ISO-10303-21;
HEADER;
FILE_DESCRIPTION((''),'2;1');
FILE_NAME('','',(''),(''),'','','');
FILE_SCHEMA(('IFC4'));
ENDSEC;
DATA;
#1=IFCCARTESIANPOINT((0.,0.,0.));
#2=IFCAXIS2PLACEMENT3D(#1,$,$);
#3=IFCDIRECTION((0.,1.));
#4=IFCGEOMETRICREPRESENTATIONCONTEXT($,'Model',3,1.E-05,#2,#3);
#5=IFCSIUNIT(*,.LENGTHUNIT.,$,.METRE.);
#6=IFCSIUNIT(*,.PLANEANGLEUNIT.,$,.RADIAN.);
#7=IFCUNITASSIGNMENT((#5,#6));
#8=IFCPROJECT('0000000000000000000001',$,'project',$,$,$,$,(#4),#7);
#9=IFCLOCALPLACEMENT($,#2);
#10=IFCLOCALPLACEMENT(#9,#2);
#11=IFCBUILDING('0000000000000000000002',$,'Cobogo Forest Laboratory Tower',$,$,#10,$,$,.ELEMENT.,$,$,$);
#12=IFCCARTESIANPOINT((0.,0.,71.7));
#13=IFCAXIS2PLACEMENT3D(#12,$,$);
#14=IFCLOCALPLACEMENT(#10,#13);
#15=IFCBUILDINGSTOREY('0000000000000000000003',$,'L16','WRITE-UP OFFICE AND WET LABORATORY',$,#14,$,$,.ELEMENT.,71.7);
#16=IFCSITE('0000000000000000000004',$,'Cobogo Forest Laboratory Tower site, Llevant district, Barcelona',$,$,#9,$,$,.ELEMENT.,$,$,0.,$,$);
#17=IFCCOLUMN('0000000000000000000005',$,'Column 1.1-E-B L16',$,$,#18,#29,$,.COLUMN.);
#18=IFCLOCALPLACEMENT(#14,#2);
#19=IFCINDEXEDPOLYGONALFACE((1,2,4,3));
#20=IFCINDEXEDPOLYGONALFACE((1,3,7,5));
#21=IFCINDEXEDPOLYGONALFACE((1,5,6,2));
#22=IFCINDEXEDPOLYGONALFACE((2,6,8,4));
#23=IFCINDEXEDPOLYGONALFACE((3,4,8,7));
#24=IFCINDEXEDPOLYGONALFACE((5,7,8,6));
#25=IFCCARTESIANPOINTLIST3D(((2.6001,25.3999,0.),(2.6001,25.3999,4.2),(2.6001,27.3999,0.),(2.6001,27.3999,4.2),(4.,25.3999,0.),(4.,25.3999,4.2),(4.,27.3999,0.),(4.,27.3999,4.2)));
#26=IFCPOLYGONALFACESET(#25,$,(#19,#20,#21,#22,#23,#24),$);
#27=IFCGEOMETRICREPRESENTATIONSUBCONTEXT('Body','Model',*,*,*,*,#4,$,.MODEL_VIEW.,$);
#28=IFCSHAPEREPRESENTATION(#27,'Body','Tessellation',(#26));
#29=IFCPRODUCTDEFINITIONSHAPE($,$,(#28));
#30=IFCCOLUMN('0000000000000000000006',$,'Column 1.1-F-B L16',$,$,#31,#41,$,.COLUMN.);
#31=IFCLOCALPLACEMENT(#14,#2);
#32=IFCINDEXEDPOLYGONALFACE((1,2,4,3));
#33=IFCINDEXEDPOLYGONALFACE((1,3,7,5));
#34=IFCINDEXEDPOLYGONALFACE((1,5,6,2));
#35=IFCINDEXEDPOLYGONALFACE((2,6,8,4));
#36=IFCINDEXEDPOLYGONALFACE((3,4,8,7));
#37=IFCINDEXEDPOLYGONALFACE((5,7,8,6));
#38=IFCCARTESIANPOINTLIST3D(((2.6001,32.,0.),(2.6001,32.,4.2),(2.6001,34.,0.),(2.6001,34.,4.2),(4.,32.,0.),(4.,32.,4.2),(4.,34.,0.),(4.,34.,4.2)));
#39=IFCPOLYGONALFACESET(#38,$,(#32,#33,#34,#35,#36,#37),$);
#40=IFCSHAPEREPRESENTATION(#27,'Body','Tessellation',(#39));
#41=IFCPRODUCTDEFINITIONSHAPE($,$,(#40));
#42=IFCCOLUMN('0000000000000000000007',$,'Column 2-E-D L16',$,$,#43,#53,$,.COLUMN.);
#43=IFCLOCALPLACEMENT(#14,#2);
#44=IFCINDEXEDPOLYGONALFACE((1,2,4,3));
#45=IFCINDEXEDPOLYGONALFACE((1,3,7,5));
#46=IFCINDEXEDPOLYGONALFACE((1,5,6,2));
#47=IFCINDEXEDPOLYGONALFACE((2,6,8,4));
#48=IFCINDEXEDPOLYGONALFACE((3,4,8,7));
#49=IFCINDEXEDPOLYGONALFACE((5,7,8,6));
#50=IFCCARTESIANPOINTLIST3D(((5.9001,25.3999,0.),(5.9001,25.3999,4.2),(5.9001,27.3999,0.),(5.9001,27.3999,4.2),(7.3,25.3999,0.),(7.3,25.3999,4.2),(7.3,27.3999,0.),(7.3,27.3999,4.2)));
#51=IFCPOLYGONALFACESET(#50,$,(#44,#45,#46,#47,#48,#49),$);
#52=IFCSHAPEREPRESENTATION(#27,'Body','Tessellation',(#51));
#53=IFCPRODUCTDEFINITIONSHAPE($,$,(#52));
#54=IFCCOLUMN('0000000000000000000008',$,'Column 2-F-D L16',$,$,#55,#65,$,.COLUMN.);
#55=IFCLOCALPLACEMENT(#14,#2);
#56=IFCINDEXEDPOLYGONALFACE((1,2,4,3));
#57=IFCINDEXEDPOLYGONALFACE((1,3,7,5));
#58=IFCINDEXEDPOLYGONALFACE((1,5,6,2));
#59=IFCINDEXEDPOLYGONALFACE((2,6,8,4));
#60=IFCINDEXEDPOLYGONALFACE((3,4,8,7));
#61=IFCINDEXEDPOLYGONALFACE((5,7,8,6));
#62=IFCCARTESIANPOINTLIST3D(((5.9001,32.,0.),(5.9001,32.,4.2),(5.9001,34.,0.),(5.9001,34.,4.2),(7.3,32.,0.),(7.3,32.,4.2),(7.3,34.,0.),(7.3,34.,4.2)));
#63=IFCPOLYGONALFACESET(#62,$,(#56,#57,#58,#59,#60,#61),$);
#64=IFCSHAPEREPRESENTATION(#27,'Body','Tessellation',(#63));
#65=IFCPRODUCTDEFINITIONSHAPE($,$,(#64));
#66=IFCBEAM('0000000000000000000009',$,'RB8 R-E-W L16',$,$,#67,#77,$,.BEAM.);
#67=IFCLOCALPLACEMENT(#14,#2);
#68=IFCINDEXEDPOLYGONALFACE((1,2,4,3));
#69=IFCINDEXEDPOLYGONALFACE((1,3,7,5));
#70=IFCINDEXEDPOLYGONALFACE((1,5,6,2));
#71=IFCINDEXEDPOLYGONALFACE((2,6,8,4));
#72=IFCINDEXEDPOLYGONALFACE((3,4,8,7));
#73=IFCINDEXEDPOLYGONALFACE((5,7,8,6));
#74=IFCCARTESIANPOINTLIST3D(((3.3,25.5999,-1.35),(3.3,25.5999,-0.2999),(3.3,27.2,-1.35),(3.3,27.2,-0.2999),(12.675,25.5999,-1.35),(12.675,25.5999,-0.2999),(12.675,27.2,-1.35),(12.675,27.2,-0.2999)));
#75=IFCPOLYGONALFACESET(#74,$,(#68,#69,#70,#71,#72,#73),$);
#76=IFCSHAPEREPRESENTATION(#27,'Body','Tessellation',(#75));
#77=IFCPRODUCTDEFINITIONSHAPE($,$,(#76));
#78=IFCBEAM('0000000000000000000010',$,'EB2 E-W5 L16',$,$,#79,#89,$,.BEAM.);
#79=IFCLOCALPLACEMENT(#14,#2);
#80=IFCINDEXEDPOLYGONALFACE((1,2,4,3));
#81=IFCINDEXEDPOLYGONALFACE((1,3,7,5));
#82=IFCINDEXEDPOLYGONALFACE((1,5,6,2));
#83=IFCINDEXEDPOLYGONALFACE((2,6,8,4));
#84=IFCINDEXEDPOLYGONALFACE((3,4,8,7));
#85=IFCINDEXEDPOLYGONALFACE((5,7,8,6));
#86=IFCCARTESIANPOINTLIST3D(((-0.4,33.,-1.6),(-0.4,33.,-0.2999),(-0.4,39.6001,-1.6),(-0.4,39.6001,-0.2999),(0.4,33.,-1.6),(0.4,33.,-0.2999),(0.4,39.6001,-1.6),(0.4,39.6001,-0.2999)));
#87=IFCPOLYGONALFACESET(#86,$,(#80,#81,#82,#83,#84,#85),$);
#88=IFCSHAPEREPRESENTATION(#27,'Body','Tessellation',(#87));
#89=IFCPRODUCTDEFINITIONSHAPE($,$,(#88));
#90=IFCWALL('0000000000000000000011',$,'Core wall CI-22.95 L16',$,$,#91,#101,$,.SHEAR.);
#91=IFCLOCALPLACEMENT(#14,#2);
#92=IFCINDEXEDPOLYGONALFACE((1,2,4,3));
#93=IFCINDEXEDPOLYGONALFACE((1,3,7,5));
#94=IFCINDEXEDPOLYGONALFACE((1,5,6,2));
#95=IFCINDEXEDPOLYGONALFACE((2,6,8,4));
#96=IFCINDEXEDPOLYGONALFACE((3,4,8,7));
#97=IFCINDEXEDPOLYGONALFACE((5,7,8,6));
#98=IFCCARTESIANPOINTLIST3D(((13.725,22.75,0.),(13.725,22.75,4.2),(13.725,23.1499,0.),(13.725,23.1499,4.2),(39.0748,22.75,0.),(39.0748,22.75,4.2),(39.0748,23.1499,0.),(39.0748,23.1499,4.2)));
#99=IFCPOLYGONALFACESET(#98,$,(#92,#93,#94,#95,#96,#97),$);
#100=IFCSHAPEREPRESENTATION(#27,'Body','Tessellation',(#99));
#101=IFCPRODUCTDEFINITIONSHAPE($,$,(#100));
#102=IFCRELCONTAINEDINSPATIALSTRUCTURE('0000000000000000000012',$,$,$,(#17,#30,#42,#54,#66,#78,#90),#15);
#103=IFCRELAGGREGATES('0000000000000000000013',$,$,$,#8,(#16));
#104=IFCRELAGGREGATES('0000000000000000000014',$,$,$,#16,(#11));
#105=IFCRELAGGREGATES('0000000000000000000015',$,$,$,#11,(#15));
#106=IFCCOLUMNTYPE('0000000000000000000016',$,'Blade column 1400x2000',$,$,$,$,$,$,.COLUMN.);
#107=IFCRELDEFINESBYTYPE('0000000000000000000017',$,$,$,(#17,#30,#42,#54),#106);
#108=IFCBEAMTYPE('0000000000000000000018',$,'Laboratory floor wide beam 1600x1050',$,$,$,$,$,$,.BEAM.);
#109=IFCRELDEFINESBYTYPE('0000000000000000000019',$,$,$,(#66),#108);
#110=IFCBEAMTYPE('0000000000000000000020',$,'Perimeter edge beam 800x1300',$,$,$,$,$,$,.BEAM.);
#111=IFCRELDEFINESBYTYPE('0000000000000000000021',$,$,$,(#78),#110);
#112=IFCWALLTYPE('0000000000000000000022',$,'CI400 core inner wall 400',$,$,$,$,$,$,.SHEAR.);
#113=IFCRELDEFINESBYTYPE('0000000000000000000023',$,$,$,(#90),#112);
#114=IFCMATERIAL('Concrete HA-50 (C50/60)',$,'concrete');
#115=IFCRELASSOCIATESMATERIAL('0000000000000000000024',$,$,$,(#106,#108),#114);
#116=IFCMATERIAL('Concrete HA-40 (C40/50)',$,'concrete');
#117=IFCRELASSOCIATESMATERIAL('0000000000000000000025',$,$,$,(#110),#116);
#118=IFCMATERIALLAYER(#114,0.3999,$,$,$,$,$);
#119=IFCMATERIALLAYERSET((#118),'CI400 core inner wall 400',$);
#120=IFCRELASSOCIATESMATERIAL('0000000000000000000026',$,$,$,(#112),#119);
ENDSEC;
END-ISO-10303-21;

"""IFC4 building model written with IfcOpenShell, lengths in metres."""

from ifc_helpers import new_model, si_unit, direction, frame, frame_2d, origin, origin_2d, place, context, subcontext, project, spatial, rectangle, extrude, material, layer, layer_set, material_profile, profile_set, type_object, element, save


model = new_model("IFC4")

# Units and contexts
model_context = context("Model", 3, precision=1e-05, world=origin(), true_north=direction((0.0, 1.0)))
body_context = subcontext(model_context, "Body", "Model", "MODEL_VIEW")
ifc_project = project(units=[si_unit("LENGTHUNIT", "METRE"), si_unit("PLANEANGLEUNIT", "RADIAN")], contexts=[model_context])

# Site, building, storey
site_placement = place(None, origin())
site = spatial("IfcSite", under=ifc_project, at=site_placement, Name="Cobogo Forest Laboratory Tower site, Llevant district, Barcelona", CompositionType="ELEMENT", RefElevation=0.0)
building_placement = place(site_placement, origin())
building = spatial("IfcBuilding", under=site, at=building_placement, Name="Cobogo Forest Laboratory Tower", CompositionType="ELEMENT")
storey_placement = place(building_placement, frame((0.0, 0.0, 71.7)))
storey = spatial("IfcBuildingStorey", under=building, at=storey_placement, Name="L16", Description="WRITE-UP OFFICE AND WET LABORATORY", CompositionType="ELEMENT", Elevation=71.7)

# Columns
ifc_material_1 = material(Name="Concrete HA-50 (C50/60)", Category="concrete")
ifc_material_profile_1 = material_profile(ifc_material_1, rectangle(XDim=2.0, YDim=1.3999, at=origin_2d()), Name="RC 1400x2000")
ifc_profile_set_1 = profile_set([ifc_material_profile_1], Name="Concrete HA-50 (C50/60)")
column_type = type_object("IfcColumnType", Name="Blade column 1400x2000", PredefinedType="COLUMN", material=ifc_profile_set_1)
for number, where, z_axis, x_axis, name in (
    (1, (3.3, 26.3999, 0.0), (0.0, 0.0, 1.0), (0.0, 1.0, 0.0), "Column 1.1-E-B L16"),
    (2, (3.3, 33.0, 0.0), (0.0, 0.0, 1.0), (0.0, 1.0, 0.0), "Column 1.1-F-B L16"),
    (3, (6.6001, 26.3999, 0.0), (0.0, 0.0, 1.0), (0.0, 1.0, 0.0), "Column 2-E-D L16"),
    (4, (6.6001, 33.0, 0.0), (0.0, 0.0, 1.0), (0.0, 1.0, 0.0), "Column 2-F-D L16"),
):
    element("IfcColumn", number, at=place(storey_placement, frame(where, z_axis=z_axis, x_axis=x_axis)), inside=storey, type_object=column_type, Name=name, PredefinedType="COLUMN", context=body_context, shape_type="SweptSolid", body=[
        extrude(rectangle(XDim=2.0, YDim=1.3999, at=origin_2d()), origin(), (0.0, 0.0, 1.0), 4.2),
    ])

# Beams
ifc_material_profile_2 = material_profile(ifc_material_1, rectangle(XDim=1.6001, YDim=1.05, at=origin_2d()), Name="RC 1600x1050")
ifc_profile_set_2 = profile_set([ifc_material_profile_2], Name="Concrete HA-50 (C50/60)")
beam_type_1 = type_object("IfcBeamType", Name="Laboratory floor wide beam 1600x1050", PredefinedType="BEAM", material=ifc_profile_set_2)
beam_1_placement = place(storey_placement, frame((12.675, 26.3999, -0.825), z_axis=(-1.0, 0.0, 0.0), x_axis=(0.0, -1.0, 0.0)))
element("IfcBeam", 5, at=beam_1_placement, inside=storey, type_object=beam_type_1, Name="RB8 R-E-W L16", PredefinedType="BEAM", context=body_context, shape_type="SweptSolid", body=[
    extrude(rectangle(XDim=1.6001, YDim=1.05, at=origin_2d()), origin(), (0.0, 0.0, 1.0), 9.375),
])
ifc_material_2 = material(Name="Concrete HA-40 (C40/50)", Category="concrete")
ifc_material_profile_3 = material_profile(ifc_material_2, rectangle(XDim=0.8, YDim=1.3, at=origin_2d()), Name="RC 800x1300")
ifc_profile_set_3 = profile_set([ifc_material_profile_3], Name="Concrete HA-40 (C40/50)")
beam_type_2 = type_object("IfcBeamType", Name="Perimeter edge beam 800x1300", PredefinedType="BEAM", material=ifc_profile_set_3)
beam_2_placement = place(storey_placement, frame((0.0, 33.0, -0.95), z_axis=(0.0, 1.0, 0.0), x_axis=(-1.0, 0.0, 0.0)))
element("IfcBeam", 6, at=beam_2_placement, inside=storey, type_object=beam_type_2, Name="EB2 E-W5 L16", PredefinedType="BEAM", context=body_context, shape_type="SweptSolid", body=[
    extrude(rectangle(XDim=0.8, YDim=1.3, at=origin_2d()), origin(), (0.0, 0.0, 1.0), 6.6001),
])

# Wall
ifc_layer_1 = layer(ifc_material_1, 0.3999)
ifc_layer_set_1 = layer_set([ifc_layer_1], Name="CI400 core inner wall 400")
wall_type_1 = type_object("IfcWallType", Name="CI400 core inner wall 400", PredefinedType="SHEAR", material=ifc_layer_set_1)
wall_1_placement = place(storey_placement, frame((13.7251, 22.95, 0.0), z_axis=(0.0, 0.0, 1.0), x_axis=(1.0, 0.0, 0.0)))
element("IfcWall", 7, at=wall_1_placement, inside=storey, type_object=wall_type_1, Name="Core wall CI-22.95 L16", PredefinedType="SHEAR", context=body_context, shape_type="SweptSolid", body=[
    extrude(rectangle(XDim=25.3499, YDim=0.3999, at=frame_2d((12.6748, 0.0))), origin(), (0.0, 0.0, 1.0), 4.2),
])

save(model, "model.ifc")
